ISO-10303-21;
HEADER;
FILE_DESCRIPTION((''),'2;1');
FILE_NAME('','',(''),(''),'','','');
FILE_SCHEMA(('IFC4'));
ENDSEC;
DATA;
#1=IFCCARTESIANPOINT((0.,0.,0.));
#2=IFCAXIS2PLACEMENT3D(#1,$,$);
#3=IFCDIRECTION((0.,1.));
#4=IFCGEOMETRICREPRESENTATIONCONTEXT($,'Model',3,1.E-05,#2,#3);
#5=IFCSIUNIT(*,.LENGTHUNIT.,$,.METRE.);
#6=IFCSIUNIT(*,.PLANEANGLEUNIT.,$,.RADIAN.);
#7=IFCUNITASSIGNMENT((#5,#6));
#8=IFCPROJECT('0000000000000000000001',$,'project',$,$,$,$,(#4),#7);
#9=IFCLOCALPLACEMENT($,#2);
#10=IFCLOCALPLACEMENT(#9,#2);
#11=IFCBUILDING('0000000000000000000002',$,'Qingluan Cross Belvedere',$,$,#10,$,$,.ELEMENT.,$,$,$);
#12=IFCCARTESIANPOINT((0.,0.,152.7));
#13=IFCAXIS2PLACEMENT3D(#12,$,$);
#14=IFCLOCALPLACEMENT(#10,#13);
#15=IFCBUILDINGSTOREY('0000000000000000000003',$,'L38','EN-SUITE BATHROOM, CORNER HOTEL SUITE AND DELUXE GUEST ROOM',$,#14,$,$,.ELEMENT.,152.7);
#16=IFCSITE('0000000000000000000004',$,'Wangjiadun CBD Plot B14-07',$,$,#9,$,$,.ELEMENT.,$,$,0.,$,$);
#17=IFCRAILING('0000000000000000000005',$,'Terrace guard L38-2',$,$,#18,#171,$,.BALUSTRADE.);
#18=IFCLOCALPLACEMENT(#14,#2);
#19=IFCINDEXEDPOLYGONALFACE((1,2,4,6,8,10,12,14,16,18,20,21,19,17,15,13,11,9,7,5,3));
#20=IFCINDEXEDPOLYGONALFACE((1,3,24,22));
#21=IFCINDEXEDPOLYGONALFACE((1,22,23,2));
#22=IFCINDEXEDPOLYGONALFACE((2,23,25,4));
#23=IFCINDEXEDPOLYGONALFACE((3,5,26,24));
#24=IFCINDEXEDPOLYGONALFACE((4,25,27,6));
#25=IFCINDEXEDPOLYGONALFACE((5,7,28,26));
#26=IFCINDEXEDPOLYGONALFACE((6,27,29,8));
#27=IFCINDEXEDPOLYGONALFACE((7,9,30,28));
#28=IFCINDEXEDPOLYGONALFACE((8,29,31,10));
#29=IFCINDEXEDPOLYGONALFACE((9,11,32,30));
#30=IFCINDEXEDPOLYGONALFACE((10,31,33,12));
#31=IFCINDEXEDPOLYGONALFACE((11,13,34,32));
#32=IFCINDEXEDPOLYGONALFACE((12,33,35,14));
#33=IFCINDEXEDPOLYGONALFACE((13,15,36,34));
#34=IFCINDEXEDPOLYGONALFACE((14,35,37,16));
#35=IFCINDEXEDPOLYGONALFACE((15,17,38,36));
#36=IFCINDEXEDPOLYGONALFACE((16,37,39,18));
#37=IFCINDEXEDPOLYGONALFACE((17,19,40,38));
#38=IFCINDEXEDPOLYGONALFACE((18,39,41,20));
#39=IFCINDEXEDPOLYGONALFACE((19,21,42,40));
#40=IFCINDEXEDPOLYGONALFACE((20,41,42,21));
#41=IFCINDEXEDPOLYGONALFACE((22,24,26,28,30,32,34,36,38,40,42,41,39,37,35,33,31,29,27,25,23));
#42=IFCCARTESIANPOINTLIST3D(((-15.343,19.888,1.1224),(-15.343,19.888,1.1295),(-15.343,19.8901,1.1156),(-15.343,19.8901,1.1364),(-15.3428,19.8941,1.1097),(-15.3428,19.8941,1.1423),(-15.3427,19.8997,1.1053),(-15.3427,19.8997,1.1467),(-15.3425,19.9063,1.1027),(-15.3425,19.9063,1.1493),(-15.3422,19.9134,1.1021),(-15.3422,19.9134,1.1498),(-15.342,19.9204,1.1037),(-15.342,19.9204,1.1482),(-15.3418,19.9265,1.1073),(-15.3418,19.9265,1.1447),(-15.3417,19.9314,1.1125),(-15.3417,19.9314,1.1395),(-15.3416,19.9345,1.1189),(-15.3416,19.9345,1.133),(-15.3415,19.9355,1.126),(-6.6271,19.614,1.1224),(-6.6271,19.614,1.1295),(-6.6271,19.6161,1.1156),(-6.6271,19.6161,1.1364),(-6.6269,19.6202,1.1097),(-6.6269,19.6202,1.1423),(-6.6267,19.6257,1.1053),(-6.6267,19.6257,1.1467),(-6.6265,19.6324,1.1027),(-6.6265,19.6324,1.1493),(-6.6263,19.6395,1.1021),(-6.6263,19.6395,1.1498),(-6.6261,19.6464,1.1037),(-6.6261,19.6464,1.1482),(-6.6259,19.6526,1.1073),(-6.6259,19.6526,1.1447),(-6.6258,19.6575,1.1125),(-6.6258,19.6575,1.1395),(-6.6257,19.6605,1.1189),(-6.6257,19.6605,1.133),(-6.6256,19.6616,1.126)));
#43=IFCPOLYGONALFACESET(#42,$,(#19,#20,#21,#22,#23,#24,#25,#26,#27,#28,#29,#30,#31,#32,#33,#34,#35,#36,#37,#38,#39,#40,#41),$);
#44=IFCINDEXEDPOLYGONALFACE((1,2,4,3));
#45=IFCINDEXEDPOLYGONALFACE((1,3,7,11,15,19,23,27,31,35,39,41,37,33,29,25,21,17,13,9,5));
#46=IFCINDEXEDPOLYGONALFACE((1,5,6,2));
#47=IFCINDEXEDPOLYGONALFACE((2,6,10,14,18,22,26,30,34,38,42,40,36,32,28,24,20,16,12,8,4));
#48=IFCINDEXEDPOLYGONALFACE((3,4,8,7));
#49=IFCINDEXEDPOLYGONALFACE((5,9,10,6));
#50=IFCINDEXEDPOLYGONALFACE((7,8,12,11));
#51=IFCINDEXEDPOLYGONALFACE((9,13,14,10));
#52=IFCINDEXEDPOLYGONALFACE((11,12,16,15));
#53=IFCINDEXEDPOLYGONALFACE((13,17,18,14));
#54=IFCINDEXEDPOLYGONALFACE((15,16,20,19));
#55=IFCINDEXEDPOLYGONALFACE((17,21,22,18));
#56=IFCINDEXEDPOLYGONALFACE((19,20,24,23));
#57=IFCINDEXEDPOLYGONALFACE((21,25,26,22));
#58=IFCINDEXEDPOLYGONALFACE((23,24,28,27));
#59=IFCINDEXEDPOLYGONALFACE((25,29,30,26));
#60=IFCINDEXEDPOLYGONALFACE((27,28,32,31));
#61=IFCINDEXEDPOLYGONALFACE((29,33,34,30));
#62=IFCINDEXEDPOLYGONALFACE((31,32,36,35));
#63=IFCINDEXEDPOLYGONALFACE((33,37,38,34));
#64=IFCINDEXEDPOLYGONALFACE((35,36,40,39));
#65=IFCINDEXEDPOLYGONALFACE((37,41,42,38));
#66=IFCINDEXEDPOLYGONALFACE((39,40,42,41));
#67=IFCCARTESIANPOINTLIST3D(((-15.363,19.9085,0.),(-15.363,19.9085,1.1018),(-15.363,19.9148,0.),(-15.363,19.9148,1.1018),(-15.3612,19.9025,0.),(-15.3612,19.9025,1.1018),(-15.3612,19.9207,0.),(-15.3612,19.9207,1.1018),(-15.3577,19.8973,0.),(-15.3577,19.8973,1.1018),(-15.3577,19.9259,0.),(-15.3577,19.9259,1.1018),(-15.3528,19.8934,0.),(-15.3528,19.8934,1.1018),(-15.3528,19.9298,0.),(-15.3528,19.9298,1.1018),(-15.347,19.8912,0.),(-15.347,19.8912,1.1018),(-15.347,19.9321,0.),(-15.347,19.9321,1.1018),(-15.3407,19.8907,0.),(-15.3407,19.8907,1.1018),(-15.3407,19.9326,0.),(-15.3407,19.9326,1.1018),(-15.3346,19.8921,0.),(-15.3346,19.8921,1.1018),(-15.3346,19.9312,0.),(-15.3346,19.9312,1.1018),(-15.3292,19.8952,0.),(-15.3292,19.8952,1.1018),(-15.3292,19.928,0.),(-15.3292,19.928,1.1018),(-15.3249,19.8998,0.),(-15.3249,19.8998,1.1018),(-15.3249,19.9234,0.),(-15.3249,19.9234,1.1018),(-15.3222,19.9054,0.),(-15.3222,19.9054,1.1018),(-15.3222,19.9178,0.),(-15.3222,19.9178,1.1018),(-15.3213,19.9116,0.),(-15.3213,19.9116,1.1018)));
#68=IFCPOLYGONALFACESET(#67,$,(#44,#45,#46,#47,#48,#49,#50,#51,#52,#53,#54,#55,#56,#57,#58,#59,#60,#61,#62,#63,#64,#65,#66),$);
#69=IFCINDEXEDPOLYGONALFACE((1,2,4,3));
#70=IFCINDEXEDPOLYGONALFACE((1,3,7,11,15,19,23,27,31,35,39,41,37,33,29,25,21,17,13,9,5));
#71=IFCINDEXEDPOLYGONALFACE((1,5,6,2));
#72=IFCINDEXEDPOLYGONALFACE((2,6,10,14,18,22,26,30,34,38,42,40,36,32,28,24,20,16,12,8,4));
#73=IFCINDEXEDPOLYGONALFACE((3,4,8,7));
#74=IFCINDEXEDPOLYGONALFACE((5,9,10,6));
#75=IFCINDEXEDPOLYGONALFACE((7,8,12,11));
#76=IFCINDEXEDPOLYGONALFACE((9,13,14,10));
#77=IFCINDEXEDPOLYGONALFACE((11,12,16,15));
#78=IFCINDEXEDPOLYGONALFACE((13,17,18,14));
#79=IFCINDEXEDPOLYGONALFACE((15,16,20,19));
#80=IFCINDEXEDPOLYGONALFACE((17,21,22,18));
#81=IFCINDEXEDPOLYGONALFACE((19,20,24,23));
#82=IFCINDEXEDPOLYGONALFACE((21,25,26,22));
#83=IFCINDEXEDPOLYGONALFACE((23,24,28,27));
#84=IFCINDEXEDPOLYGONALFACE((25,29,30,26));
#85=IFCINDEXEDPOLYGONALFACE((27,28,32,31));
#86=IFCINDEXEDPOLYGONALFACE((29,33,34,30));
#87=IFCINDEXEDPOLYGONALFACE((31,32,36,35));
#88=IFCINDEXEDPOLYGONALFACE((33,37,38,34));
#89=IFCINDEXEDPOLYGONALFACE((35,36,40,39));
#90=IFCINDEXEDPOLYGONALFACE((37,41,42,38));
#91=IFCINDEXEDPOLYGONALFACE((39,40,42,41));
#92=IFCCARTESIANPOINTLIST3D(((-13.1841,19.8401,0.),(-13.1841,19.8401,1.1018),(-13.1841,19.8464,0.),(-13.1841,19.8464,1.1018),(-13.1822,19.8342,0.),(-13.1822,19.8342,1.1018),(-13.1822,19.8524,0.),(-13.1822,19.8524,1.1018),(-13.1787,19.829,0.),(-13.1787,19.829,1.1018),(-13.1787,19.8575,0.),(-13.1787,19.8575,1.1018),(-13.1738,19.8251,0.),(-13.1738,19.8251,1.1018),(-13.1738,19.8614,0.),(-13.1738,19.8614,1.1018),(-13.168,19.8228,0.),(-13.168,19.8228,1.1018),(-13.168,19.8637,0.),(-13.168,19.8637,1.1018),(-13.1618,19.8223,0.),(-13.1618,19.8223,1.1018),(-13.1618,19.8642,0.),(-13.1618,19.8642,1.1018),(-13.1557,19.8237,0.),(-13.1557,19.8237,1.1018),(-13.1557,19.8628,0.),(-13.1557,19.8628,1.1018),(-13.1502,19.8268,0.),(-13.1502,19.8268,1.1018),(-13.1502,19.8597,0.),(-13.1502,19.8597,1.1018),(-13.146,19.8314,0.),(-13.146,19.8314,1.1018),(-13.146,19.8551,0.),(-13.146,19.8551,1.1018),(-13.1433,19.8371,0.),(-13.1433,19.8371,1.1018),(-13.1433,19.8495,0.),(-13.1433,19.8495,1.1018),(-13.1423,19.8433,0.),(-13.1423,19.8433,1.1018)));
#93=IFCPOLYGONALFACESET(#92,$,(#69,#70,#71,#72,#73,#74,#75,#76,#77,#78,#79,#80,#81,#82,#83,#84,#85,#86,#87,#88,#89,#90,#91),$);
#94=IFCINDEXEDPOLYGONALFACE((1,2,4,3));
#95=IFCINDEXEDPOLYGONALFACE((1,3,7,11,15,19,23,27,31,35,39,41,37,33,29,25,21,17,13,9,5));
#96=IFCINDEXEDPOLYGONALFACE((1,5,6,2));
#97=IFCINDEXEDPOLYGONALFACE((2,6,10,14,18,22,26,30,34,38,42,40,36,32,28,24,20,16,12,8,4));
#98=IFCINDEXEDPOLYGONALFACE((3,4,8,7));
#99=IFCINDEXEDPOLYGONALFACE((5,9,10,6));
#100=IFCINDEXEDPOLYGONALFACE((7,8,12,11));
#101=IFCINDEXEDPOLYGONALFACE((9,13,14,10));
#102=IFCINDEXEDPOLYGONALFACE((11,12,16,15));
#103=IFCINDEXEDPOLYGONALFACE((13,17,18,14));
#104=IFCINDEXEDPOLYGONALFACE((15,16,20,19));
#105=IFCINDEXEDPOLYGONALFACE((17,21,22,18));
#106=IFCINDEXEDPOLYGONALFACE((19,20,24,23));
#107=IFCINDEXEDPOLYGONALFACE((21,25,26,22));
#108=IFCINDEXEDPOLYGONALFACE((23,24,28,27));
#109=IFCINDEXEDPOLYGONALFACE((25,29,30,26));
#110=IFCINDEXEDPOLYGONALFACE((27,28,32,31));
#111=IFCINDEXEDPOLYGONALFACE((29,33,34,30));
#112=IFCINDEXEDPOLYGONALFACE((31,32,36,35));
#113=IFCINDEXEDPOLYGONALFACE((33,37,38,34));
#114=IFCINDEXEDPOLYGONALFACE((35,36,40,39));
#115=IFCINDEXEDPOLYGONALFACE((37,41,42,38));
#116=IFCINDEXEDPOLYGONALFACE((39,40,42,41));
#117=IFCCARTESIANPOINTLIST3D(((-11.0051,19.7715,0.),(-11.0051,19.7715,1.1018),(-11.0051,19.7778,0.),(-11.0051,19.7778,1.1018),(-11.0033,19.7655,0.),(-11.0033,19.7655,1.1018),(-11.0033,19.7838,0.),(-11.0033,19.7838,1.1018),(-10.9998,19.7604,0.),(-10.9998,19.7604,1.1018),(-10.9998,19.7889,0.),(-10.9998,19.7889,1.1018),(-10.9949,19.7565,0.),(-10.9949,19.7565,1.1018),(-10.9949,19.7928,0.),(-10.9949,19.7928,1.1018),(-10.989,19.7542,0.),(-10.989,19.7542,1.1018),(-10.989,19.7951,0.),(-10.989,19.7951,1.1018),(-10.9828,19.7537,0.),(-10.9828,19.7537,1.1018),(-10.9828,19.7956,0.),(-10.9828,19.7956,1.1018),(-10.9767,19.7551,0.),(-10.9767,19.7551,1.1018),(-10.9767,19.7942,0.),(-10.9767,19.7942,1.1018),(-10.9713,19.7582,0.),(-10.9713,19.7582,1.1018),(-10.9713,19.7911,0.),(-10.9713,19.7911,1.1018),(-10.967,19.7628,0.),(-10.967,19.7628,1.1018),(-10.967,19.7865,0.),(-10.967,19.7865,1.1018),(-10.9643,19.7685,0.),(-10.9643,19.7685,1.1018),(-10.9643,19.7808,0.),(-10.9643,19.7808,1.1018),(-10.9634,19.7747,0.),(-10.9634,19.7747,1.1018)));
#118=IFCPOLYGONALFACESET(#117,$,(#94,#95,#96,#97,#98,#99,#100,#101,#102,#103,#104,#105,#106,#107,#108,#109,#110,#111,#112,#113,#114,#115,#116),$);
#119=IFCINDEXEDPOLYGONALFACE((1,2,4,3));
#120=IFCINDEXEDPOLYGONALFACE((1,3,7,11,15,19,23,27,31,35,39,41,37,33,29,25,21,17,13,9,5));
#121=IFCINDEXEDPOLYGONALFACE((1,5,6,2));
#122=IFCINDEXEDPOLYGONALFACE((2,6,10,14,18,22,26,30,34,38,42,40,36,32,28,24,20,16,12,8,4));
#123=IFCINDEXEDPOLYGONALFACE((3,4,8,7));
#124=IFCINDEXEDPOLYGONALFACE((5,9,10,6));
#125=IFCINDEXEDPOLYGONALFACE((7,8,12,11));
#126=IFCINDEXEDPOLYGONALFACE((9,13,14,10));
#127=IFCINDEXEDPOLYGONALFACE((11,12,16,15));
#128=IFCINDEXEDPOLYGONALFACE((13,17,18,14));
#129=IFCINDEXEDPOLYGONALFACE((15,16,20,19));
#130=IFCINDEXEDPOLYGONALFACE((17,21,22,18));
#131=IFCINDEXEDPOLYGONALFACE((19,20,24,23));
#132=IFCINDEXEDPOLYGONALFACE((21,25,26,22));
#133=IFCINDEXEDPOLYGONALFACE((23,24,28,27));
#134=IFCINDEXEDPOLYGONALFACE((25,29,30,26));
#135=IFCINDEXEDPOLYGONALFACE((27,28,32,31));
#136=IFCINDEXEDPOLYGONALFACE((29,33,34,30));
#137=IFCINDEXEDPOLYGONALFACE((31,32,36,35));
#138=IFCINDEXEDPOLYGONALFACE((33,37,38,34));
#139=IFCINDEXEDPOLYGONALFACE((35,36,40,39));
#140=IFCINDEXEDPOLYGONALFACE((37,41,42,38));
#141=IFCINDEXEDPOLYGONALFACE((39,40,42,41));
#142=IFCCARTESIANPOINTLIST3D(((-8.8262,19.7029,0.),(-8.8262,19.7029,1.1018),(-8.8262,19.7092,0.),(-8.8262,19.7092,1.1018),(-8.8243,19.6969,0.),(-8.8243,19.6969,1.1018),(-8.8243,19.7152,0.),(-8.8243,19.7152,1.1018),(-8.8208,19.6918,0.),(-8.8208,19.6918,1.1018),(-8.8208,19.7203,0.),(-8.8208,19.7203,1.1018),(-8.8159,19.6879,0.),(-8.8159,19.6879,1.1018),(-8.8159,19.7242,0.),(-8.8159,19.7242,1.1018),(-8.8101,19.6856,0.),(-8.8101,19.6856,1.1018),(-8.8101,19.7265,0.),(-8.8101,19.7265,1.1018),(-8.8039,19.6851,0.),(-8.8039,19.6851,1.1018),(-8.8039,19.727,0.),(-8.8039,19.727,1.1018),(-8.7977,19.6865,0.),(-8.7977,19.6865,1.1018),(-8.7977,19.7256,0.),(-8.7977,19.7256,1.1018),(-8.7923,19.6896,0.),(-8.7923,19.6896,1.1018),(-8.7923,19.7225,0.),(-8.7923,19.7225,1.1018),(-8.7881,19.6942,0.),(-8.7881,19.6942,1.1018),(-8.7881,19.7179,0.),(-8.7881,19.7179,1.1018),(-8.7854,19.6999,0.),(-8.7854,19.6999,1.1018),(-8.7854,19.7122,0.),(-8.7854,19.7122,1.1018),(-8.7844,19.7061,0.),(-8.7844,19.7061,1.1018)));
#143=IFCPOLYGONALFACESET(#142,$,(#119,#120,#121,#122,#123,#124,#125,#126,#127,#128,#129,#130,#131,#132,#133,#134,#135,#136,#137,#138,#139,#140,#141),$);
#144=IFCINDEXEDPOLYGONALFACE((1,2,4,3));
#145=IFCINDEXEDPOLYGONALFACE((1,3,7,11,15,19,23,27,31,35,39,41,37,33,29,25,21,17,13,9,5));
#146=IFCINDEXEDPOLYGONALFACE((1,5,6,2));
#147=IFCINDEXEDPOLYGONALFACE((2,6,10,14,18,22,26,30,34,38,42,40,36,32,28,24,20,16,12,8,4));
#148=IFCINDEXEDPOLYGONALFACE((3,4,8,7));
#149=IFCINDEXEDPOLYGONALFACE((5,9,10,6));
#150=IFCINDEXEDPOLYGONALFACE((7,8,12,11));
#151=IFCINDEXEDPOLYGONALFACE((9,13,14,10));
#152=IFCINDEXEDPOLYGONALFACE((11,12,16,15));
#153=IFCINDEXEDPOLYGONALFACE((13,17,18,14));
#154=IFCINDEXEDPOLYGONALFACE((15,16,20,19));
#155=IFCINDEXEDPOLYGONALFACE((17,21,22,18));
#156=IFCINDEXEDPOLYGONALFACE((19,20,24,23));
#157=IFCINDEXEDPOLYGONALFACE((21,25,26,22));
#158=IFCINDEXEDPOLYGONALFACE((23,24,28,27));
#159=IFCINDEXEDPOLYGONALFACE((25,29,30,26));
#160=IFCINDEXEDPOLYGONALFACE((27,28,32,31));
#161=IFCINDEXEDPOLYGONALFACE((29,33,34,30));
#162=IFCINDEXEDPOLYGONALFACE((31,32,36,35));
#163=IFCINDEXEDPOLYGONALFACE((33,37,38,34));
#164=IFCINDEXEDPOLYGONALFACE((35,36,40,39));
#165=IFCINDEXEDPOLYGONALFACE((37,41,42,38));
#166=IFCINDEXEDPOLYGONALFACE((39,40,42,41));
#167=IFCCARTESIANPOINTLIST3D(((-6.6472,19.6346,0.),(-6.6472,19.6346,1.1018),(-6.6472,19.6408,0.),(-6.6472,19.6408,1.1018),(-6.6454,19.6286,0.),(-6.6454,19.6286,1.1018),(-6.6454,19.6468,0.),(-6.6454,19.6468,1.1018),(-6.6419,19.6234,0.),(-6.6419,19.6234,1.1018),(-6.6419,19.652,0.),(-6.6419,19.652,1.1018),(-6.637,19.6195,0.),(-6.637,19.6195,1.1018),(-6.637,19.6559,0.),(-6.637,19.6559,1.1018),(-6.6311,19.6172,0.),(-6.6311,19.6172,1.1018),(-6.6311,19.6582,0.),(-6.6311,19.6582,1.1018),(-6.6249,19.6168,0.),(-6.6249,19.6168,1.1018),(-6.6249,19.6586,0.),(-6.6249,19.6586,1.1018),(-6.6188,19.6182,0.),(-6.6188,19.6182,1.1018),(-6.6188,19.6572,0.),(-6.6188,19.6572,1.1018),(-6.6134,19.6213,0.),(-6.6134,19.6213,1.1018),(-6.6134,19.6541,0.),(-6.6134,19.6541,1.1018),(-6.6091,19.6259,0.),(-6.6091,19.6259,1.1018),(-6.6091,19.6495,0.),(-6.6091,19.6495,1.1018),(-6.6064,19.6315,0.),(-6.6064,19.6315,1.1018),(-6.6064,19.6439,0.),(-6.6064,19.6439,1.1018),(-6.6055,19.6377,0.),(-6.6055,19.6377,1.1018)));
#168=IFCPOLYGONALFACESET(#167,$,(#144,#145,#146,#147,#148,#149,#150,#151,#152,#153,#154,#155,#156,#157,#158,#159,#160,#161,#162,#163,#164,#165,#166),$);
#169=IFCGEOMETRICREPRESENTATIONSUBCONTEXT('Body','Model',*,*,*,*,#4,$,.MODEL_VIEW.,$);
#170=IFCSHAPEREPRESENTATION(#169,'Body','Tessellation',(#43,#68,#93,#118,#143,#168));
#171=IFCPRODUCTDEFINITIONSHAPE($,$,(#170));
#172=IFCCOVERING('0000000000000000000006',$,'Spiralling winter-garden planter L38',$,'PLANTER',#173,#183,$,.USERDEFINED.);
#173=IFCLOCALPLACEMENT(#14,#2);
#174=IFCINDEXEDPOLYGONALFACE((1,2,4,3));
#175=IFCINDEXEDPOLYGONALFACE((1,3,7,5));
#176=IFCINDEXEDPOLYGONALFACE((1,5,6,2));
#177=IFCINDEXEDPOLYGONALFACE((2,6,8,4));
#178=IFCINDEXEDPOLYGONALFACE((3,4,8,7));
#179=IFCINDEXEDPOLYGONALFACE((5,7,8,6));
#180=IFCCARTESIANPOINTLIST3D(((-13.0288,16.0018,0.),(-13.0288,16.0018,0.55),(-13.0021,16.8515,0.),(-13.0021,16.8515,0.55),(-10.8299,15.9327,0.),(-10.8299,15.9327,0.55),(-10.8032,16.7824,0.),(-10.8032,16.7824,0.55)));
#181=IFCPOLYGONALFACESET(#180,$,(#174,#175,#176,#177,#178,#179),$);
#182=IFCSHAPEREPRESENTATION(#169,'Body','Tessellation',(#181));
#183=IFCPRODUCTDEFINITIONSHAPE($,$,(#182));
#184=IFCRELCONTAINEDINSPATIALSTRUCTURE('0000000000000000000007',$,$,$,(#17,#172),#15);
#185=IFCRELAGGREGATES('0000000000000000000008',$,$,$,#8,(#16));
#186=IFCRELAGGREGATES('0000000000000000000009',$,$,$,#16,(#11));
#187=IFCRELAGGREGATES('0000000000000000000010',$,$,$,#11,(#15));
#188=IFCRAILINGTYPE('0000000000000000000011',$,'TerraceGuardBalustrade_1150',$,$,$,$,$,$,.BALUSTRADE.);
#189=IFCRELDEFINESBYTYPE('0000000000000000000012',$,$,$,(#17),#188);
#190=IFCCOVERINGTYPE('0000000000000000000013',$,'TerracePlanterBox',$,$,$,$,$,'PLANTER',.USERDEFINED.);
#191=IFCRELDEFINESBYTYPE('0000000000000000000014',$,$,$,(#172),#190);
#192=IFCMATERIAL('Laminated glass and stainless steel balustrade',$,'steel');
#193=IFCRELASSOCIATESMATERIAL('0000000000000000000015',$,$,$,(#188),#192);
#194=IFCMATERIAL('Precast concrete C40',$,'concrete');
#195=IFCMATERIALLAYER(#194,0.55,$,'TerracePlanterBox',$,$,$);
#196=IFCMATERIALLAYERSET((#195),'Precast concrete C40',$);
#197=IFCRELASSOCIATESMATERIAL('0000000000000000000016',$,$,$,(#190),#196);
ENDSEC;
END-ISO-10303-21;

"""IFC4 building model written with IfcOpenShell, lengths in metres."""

from ifc_helpers import new_model, si_unit, direction, frame, origin, origin_2d, place, context, subcontext, project, spatial, rectangle, circle, extrude, material, layer, layer_set, type_object, element, save


model = new_model("IFC4")

# Units and contexts
model_context = context("Model", 3, precision=1e-05, world=origin(), true_north=direction((0.0, 1.0)))
body_context = subcontext(model_context, "Body", "Model", "MODEL_VIEW")
ifc_project = project(units=[si_unit("LENGTHUNIT", "METRE"), si_unit("PLANEANGLEUNIT", "RADIAN")], contexts=[model_context])

# Site, building, storey
site_placement = place(None, origin())
site = spatial("IfcSite", under=ifc_project, at=site_placement, Name="Wangjiadun CBD Plot B14-07", CompositionType="ELEMENT", RefElevation=0.0)
building_placement = place(site_placement, origin())
building = spatial("IfcBuilding", under=site, at=building_placement, Name="Qingluan Cross Belvedere", CompositionType="ELEMENT")
storey_placement = place(building_placement, frame((0.0, 0.0, 152.7)))
storey = spatial("IfcBuildingStorey", under=building, at=storey_placement, Name="L38", Description="EN-SUITE BATHROOM, CORNER HOTEL SUITE AND DELUXE GUEST ROOM", CompositionType="ELEMENT", Elevation=152.7)

# Railing
ifc_material_1 = material(Name="Laminated glass and stainless steel balustrade", Category="steel")
railing_type = type_object("IfcRailingType", Name="TerraceGuardBalustrade_1150", PredefinedType="BALUSTRADE", material=ifc_material_1)
railing_placement = place(storey_placement, frame((-15.3423, 19.9116, 0.0)))
element("IfcRailing", 1, at=railing_placement, inside=storey, type_object=railing_type, Name="Terrace guard L38-2", PredefinedType="BALUSTRADE", context=body_context, shape_type="SweptSolid", body=[
    extrude(circle(Radius=0.0239, at=origin_2d()), frame((0.0, 0.0, 1.126), z_axis=(0.999506, -0.031413, 0.0), x_axis=(0.031413, 0.999506, 0.0)), (0.0, 0.0, 1.0), 8.7202),
    extrude(circle(Radius=0.021, at=origin_2d()), origin(), (0.0, 0.0, 1.0), 1.1018),
    extrude(circle(Radius=0.021, at=origin_2d()), frame((2.179, -0.0684, 0.0)), (0.0, 0.0, 1.0), 1.1018),
    extrude(circle(Radius=0.021, at=origin_2d()), frame((4.3579, -0.137, 0.0)), (0.0, 0.0, 1.0), 1.1018),
    extrude(circle(Radius=0.021, at=origin_2d()), frame((6.5369, -0.2056, 0.0)), (0.0, 0.0, 1.0), 1.1018),
    extrude(circle(Radius=0.021, at=origin_2d()), frame((8.7158, -0.2739, 0.0)), (0.0, 0.0, 1.0), 1.1018),
])

# Covering
ifc_material_2 = material(Name="Precast concrete C40", Category="concrete")
ifc_layer_1 = layer(ifc_material_2, 0.55, Name="TerracePlanterBox")
ifc_layer_set_1 = layer_set([ifc_layer_1], Name="Precast concrete C40")
covering_type_1 = type_object("IfcCoveringType", Name="TerracePlanterBox", ElementType="PLANTER", PredefinedType="USERDEFINED", material=ifc_layer_set_1)
covering_1_placement = place(storey_placement, frame((-11.916, 16.3921, 0.0), z_axis=(0.0, 0.0, 1.0), x_axis=(0.999507, -0.031411, 0.0)))
element("IfcCovering", 2, at=covering_1_placement, inside=storey, type_object=covering_type_1, Name="Spiralling winter-garden planter L38", ObjectType="PLANTER", PredefinedType="USERDEFINED", context=body_context, shape_type="SweptSolid", body=[
    extrude(rectangle(XDim=2.2, YDim=0.8501, at=origin_2d()), origin(), (0.0, 0.0, 1.0), 0.55),
])

save(model, "model.ifc")
